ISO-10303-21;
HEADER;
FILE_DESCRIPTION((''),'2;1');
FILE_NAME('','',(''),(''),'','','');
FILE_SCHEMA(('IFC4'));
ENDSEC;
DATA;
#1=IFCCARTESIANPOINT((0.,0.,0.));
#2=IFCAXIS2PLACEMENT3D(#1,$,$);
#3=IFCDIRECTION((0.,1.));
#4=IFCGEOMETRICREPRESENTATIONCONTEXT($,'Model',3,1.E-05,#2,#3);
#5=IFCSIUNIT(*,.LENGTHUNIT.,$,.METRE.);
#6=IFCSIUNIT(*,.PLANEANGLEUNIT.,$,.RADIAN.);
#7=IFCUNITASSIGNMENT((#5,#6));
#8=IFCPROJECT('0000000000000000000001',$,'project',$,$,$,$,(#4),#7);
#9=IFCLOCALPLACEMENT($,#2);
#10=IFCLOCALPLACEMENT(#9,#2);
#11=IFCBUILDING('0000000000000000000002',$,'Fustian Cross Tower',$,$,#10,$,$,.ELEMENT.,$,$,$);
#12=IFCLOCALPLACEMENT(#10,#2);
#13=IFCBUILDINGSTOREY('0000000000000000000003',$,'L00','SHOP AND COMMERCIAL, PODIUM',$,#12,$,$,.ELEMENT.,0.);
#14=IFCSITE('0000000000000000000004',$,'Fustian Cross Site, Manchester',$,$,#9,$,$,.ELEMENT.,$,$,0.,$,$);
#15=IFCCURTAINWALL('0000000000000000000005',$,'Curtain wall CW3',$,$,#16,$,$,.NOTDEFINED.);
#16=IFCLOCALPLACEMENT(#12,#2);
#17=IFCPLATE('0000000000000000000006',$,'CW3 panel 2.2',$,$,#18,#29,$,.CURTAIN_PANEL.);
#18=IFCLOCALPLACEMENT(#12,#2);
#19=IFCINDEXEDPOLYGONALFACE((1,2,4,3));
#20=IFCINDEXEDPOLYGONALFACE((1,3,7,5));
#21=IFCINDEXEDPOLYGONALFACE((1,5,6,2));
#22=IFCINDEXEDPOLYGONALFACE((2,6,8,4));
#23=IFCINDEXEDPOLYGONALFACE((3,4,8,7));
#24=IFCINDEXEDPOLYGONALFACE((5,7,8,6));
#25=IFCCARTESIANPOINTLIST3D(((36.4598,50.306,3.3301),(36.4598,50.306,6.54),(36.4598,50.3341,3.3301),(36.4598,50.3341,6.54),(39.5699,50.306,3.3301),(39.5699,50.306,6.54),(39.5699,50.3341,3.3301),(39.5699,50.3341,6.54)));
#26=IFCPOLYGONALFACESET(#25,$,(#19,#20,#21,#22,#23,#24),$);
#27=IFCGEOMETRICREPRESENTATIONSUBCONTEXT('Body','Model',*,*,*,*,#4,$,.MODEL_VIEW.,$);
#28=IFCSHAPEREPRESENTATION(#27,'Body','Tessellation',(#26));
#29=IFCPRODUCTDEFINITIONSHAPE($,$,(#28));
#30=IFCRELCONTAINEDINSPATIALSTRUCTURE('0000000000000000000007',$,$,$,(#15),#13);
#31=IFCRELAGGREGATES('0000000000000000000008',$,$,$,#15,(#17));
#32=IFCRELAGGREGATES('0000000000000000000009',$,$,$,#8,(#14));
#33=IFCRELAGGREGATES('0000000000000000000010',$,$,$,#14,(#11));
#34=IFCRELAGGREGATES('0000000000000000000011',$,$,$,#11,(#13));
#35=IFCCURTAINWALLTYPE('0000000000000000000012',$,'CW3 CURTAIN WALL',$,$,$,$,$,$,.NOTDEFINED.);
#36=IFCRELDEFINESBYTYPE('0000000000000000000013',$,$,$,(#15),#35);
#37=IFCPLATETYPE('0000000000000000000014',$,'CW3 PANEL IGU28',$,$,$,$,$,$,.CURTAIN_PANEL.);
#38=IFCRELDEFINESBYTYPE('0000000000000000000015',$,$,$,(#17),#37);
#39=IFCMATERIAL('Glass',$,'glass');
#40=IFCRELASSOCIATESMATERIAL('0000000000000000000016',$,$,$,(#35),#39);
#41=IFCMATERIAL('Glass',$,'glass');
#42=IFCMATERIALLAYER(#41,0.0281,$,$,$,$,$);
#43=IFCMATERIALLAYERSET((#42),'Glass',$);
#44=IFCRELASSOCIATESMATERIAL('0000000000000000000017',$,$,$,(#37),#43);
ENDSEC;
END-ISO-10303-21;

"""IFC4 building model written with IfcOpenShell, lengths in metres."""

from ifc_helpers import new_model, si_unit, direction, frame, origin, origin_2d, place, context, subcontext, project, spatial, rectangle, extrude, material, layer, layer_set, type_object, element, aggregate, save


model = new_model("IFC4")

# Units and contexts
model_context = context("Model", 3, precision=1e-05, world=origin(), true_north=direction((0.0, 1.0)))
body_context = subcontext(model_context, "Body", "Model", "MODEL_VIEW")
ifc_project = project(units=[si_unit("LENGTHUNIT", "METRE"), si_unit("PLANEANGLEUNIT", "RADIAN")], contexts=[model_context])

# Site, building, storey
site_placement = place(None, origin())
site = spatial("IfcSite", under=ifc_project, at=site_placement, Name="Fustian Cross Site, Manchester", CompositionType="ELEMENT", RefElevation=0.0)
building_placement = place(site_placement, origin())
building = spatial("IfcBuilding", under=site, at=building_placement, Name="Fustian Cross Tower", CompositionType="ELEMENT")
storey_placement = place(building_placement, origin())
storey = spatial("IfcBuildingStorey", under=building, at=storey_placement, Name="L00", Description="SHOP AND COMMERCIAL, PODIUM", CompositionType="ELEMENT", Elevation=0.0)

# Curtain wall, plate
ifc_material_1 = material(Name="Glass", Category="glass")
curtain_wall_type = type_object("IfcCurtainWallType", Name="CW3 CURTAIN WALL", PredefinedType="NOTDEFINED", material=ifc_material_1)
curtain_wall_placement = place(storey_placement, origin())
curtain_wall = element("IfcCurtainWall", 1, at=curtain_wall_placement, inside=storey, type_object=curtain_wall_type, Name="Curtain wall CW3", PredefinedType="NOTDEFINED")
ifc_material_2 = material(Name="Glass", Category="glass")
ifc_layer_1 = layer(ifc_material_2, 0.0281)
ifc_layer_set_1 = layer_set([ifc_layer_1], Name="Glass")
plate_type = type_object("IfcPlateType", Name="CW3 PANEL IGU28", PredefinedType="CURTAIN_PANEL", material=ifc_layer_set_1)
plate_1_placement = place(storey_placement, frame((38.0149, 50.3201, 3.3301), z_axis=(0.0, 0.0, 1.0), x_axis=(-1.0, 0.0, 0.0)))
plate_1 = element("IfcPlate", 2, at=plate_1_placement, type_object=plate_type, Name="CW3 panel 2.2", PredefinedType="CURTAIN_PANEL", context=body_context, shape_type="SweptSolid", body=[
    extrude(rectangle(XDim=3.1101, YDim=0.0281, at=origin_2d()), origin(), (0.0, 0.0, 1.0), 3.21),
])
aggregate(curtain_wall, [plate_1])

save(model, "model.ifc")
